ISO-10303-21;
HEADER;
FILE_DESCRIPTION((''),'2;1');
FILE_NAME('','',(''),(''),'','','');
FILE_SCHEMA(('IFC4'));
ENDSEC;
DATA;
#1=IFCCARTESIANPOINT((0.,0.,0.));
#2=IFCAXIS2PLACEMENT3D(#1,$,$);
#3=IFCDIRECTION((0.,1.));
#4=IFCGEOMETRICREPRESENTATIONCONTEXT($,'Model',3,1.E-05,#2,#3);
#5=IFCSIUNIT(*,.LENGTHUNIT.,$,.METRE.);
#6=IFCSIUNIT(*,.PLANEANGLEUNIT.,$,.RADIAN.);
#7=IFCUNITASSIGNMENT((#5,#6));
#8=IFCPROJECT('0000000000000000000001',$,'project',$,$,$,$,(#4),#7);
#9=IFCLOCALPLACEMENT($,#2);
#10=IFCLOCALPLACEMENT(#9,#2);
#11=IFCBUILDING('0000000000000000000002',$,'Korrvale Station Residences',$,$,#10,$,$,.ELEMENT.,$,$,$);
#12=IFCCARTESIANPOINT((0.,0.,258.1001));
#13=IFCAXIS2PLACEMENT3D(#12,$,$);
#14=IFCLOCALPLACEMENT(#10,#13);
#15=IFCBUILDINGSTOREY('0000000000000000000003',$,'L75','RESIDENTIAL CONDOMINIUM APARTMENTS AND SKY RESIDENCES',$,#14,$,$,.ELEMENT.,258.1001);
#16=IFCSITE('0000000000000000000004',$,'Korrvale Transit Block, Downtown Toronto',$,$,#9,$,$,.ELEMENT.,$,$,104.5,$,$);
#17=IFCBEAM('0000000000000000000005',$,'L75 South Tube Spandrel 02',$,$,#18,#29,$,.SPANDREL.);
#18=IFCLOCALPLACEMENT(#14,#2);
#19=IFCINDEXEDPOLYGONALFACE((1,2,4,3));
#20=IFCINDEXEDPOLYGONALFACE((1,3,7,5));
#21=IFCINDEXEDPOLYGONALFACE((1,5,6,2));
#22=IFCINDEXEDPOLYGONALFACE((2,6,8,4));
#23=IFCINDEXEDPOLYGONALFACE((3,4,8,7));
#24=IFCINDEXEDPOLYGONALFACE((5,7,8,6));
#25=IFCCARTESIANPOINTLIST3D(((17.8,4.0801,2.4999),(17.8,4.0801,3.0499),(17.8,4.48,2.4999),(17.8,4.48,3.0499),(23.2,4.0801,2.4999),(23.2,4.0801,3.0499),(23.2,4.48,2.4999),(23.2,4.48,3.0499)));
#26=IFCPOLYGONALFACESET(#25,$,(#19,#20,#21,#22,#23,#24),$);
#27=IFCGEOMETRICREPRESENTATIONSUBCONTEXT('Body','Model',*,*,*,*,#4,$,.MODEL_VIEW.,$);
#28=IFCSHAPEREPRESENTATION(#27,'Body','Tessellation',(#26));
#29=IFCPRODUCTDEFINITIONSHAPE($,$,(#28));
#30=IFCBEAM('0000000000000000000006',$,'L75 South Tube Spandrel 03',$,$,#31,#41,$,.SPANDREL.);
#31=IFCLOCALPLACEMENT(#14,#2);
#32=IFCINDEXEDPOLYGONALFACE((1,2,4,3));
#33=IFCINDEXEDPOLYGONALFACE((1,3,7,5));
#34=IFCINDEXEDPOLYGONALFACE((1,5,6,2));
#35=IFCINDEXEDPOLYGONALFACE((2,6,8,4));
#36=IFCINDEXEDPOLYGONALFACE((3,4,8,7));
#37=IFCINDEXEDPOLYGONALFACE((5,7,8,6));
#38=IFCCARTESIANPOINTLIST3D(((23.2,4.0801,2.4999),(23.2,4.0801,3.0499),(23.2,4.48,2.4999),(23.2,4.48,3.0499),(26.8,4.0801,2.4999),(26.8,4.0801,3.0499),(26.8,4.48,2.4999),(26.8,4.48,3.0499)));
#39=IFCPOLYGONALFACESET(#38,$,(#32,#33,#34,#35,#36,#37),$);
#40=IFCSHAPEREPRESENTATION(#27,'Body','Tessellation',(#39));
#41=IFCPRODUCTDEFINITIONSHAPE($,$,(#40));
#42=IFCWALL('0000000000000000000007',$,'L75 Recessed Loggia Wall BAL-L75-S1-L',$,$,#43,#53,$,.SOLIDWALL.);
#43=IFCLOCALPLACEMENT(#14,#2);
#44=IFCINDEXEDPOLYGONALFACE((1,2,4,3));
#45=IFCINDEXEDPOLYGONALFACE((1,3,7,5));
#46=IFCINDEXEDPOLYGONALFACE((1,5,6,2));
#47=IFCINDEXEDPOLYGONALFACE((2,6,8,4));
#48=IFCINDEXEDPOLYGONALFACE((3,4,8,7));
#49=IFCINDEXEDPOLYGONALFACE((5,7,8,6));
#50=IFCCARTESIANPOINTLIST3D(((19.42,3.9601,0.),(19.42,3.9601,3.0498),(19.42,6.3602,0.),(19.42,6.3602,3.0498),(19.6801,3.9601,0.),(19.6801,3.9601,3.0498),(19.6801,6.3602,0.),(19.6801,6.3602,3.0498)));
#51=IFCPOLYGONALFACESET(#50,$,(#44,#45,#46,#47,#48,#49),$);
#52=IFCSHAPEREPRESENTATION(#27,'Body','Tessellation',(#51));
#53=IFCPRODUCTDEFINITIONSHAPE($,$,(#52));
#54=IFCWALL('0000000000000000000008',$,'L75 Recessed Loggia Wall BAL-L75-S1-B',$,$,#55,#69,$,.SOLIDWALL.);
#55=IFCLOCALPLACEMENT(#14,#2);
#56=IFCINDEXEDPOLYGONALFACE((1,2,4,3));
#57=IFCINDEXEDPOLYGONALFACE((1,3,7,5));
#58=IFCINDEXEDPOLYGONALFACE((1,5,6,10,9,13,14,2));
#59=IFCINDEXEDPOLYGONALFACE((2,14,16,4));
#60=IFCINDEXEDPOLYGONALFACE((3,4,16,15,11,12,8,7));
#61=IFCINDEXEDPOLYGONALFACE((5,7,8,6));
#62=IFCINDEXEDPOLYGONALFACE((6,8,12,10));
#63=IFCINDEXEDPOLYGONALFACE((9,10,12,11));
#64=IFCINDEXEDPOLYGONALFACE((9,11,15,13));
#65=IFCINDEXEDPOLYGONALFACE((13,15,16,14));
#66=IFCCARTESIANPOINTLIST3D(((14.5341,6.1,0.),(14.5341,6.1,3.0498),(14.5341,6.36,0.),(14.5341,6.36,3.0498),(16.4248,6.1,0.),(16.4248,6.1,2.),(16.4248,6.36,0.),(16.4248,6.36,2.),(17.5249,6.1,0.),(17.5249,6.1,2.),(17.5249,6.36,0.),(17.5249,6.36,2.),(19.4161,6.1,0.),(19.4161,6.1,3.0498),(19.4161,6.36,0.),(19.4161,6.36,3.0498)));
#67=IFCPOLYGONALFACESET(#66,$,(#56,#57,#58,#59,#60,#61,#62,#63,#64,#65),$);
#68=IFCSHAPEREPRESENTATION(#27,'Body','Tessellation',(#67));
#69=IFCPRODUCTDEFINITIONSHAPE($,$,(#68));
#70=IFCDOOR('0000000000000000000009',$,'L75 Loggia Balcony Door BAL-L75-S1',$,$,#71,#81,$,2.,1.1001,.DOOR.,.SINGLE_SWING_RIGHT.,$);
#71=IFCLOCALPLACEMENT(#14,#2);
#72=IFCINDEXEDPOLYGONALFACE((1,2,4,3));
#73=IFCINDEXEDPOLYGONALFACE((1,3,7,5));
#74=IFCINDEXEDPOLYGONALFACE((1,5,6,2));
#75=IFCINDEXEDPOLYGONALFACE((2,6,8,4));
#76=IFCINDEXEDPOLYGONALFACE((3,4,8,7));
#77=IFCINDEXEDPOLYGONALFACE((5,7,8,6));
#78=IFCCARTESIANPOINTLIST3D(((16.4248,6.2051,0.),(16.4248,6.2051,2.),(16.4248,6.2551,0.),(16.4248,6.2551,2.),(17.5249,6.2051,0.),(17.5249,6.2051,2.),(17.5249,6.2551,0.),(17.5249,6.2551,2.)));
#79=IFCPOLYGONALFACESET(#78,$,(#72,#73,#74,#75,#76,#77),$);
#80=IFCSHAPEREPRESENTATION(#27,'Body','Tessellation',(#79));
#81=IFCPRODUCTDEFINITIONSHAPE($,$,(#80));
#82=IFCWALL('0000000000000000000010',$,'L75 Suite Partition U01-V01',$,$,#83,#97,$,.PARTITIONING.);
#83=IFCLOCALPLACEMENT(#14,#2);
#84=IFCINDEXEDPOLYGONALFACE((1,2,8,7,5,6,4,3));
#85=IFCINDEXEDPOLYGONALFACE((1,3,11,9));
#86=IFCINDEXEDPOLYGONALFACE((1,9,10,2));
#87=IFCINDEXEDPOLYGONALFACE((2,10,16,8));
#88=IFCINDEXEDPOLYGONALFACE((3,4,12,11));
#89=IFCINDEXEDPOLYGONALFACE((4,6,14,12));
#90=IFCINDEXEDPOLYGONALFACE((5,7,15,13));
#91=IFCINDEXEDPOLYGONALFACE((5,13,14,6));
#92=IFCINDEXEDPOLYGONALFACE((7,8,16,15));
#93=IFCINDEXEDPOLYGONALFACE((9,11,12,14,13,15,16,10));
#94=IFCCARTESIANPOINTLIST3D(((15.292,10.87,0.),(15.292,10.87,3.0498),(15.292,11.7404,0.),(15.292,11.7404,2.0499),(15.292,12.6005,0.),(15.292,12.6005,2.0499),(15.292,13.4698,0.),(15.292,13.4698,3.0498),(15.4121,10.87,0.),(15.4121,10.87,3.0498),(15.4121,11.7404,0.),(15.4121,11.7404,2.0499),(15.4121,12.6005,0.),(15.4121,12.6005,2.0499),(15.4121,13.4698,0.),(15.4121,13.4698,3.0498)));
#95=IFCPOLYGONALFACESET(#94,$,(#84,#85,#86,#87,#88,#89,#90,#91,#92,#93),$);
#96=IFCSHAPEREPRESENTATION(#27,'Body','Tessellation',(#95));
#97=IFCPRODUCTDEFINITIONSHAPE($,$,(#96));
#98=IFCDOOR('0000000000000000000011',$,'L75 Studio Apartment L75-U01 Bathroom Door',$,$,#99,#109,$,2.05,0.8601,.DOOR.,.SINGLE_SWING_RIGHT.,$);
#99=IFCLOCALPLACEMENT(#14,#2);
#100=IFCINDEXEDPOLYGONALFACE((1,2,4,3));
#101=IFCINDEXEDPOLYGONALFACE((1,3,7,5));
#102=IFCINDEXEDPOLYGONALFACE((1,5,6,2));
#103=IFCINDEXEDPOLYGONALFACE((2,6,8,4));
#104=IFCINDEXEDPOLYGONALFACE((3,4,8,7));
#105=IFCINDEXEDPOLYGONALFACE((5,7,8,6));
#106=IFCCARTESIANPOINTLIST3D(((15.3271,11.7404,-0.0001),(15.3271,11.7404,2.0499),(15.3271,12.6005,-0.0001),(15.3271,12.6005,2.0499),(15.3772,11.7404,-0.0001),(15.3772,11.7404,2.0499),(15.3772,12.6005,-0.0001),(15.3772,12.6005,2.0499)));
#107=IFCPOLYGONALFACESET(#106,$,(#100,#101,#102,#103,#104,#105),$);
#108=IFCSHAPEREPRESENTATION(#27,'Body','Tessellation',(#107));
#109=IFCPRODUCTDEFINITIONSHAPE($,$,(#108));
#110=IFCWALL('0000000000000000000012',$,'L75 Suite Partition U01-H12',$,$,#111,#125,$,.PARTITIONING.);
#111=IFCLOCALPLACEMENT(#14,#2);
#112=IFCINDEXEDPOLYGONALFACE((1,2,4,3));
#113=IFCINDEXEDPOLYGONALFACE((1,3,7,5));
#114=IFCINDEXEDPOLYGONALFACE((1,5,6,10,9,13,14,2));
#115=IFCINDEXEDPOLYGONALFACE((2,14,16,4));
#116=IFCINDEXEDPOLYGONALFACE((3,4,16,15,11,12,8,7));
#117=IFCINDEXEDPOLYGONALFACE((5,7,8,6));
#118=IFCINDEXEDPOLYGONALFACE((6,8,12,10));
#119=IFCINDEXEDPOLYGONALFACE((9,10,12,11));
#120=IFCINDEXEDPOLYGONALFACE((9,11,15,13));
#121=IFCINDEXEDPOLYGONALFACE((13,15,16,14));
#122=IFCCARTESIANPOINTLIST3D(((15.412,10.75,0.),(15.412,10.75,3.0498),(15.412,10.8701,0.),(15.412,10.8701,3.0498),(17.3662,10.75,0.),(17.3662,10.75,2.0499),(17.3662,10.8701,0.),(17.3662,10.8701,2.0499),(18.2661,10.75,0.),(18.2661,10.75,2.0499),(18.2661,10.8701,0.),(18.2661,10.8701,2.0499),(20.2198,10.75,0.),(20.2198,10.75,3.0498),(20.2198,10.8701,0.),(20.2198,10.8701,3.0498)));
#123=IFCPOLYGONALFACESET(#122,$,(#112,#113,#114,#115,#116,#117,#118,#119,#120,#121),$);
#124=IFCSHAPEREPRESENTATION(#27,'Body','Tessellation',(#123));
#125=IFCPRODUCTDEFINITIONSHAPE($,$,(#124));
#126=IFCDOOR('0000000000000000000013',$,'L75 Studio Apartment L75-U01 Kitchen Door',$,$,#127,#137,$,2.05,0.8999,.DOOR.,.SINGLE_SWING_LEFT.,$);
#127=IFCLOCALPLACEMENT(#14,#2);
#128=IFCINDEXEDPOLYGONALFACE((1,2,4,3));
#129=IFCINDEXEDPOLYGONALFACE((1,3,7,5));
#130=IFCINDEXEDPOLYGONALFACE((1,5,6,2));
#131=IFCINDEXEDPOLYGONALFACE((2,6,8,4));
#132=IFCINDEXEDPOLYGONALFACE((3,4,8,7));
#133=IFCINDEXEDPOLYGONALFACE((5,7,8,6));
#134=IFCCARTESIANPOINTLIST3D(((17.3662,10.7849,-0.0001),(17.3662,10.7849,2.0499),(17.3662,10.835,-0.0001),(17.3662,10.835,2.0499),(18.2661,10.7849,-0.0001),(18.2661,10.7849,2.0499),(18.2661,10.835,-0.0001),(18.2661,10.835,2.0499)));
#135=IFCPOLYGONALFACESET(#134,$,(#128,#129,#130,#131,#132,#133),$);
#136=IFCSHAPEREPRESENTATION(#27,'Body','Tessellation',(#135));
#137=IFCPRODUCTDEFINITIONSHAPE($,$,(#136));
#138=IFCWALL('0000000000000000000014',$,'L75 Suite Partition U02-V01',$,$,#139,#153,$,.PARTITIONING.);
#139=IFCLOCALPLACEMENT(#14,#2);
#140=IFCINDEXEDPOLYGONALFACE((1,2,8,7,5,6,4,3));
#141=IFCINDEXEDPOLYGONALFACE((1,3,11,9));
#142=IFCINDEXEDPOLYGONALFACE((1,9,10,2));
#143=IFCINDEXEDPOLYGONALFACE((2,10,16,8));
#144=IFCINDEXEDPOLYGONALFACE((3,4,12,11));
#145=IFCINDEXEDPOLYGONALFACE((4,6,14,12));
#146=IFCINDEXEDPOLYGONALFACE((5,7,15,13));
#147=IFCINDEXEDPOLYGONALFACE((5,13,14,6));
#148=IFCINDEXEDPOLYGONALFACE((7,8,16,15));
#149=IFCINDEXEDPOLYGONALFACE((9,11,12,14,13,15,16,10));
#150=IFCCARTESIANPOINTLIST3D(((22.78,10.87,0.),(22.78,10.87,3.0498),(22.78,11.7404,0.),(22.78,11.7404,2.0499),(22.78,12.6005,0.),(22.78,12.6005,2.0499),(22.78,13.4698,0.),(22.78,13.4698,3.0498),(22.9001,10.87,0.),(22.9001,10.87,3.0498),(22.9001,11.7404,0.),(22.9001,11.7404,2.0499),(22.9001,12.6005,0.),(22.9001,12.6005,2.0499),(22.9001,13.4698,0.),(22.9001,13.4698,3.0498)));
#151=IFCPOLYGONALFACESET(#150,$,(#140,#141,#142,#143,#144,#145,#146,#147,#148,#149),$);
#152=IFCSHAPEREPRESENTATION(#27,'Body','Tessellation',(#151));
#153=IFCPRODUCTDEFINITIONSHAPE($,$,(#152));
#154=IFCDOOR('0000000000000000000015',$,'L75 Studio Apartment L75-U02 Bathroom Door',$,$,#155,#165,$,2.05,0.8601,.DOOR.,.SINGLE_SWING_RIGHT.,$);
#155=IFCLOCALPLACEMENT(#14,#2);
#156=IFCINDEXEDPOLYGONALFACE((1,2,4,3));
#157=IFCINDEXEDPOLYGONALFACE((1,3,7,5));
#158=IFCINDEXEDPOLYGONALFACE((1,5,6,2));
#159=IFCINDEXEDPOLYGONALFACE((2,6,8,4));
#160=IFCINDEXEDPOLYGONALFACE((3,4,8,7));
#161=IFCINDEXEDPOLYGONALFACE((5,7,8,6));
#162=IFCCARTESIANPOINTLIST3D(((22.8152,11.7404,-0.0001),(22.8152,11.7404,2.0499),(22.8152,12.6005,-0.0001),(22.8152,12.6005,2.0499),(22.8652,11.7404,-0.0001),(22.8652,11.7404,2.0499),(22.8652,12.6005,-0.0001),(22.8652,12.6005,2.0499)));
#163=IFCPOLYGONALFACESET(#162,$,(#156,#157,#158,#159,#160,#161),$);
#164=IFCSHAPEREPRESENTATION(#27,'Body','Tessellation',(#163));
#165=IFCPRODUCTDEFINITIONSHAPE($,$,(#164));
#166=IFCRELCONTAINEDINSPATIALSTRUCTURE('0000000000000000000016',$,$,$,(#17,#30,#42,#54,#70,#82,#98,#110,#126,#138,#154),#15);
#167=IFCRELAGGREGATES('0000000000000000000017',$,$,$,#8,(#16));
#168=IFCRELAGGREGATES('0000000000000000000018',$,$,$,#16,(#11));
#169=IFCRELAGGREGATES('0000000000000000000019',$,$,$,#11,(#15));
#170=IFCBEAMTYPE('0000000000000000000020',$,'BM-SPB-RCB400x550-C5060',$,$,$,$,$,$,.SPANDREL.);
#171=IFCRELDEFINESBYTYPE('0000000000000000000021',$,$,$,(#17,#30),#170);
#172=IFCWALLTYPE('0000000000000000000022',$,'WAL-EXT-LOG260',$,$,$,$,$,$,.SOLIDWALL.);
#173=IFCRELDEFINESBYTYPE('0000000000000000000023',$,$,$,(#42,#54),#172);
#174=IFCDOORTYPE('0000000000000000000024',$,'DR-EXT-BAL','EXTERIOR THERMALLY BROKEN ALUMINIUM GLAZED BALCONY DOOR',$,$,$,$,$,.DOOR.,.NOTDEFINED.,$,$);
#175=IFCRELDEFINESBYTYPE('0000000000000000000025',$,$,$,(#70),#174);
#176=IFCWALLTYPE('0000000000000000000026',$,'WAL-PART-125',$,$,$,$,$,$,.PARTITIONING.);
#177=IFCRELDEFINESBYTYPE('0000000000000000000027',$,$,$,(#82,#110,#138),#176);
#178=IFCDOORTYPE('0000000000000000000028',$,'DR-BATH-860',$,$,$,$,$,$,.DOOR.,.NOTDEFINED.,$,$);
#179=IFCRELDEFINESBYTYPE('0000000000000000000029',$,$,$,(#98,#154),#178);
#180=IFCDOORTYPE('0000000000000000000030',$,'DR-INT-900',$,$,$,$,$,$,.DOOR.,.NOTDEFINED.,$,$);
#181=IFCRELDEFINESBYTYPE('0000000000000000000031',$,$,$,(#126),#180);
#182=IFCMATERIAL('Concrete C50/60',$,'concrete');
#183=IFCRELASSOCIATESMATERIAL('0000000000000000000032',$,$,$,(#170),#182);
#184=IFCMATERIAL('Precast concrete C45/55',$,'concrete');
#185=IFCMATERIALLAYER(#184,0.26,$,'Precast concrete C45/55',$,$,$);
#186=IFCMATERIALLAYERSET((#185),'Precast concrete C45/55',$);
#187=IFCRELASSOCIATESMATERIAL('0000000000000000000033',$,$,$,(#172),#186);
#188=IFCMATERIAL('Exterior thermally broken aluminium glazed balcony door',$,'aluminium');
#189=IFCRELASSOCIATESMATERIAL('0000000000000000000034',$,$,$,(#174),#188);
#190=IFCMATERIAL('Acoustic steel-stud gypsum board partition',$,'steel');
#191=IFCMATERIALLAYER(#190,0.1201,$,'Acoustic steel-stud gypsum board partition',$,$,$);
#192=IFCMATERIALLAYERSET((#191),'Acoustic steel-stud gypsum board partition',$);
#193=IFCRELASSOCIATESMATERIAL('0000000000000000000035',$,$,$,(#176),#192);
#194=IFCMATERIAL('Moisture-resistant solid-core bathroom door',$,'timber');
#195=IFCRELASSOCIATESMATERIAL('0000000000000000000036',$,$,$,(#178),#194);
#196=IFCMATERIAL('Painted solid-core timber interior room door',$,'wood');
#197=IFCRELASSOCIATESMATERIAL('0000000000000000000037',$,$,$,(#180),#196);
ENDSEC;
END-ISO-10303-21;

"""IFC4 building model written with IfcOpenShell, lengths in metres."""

from ifc_helpers import new_model, si_unit, direction, frame, frame_2d, origin, origin_2d, place, context, subcontext, project, spatial, rectangle, extrude, material, layer, layer_set, material_profile, profile_set, type_object, element, fill, save


model = new_model("IFC4")

# Units and contexts
model_context = context("Model", 3, precision=1e-05, world=origin(), true_north=direction((0.0, 1.0)))
body_context = subcontext(model_context, "Body", "Model", "MODEL_VIEW")
ifc_project = project(units=[si_unit("LENGTHUNIT", "METRE"), si_unit("PLANEANGLEUNIT", "RADIAN")], contexts=[model_context])

# Site, building, storey
site_placement = place(None, origin())
site = spatial("IfcSite", under=ifc_project, at=site_placement, Name="Korrvale Transit Block, Downtown Toronto", CompositionType="ELEMENT", RefElevation=104.5)
building_placement = place(site_placement, origin())
building = spatial("IfcBuilding", under=site, at=building_placement, Name="Korrvale Station Residences", CompositionType="ELEMENT")
storey_placement = place(building_placement, frame((0.0, 0.0, 258.1001)))
storey = spatial("IfcBuildingStorey", under=building, at=storey_placement, Name="L75", Description="RESIDENTIAL CONDOMINIUM APARTMENTS AND SKY RESIDENCES", CompositionType="ELEMENT", Elevation=258.1001)

# Shared definitions
ifc_material_1 = material(Name="Concrete C50/60", Category="concrete")

# Beams
ifc_material_profile_1 = material_profile(ifc_material_1, rectangle(XDim=0.3999, YDim=0.55, at=origin_2d()), Name="RCB400x550")
ifc_profile_set_1 = profile_set([ifc_material_profile_1], Name="Concrete C50/60")
beam_type_1 = type_object("IfcBeamType", Name="BM-SPB-RCB400x550-C5060", PredefinedType="SPANDREL", material=ifc_profile_set_1)
beam_1_placement = place(storey_placement, frame((17.8, 4.28, 2.7749), z_axis=(1.0, 0.0, 0.0), x_axis=(0.0, 1.0, 0.0)))
element("IfcBeam", 1, at=beam_1_placement, inside=storey, type_object=beam_type_1, Name="L75 South Tube Spandrel 02", PredefinedType="SPANDREL", context=body_context, shape_type="SweptSolid", body=[
    extrude(rectangle(XDim=0.3999, YDim=0.55, at=origin_2d()), origin(), (0.0, 0.0, 1.0), 5.3999),
])
beam_2_placement = place(storey_placement, frame((23.2, 4.28, 2.7749), z_axis=(1.0, 0.0, 0.0), x_axis=(0.0, 1.0, 0.0)))
element("IfcBeam", 2, at=beam_2_placement, inside=storey, type_object=beam_type_1, Name="L75 South Tube Spandrel 03", PredefinedType="SPANDREL", context=body_context, shape_type="SweptSolid", body=[
    extrude(rectangle(XDim=0.3999, YDim=0.55, at=origin_2d()), origin(), (0.0, 0.0, 1.0), 3.6001),
])

# Wall
ifc_material_2 = material(Name="Precast concrete C45/55", Category="concrete")
ifc_layer_1 = layer(ifc_material_2, 0.26, Name="Precast concrete C45/55")
ifc_layer_set_1 = layer_set([ifc_layer_1], Name="Precast concrete C45/55")
wall_type_1 = type_object("IfcWallType", Name="WAL-EXT-LOG260", PredefinedType="SOLIDWALL", material=ifc_layer_set_1)
wall_1_placement = place(storey_placement, frame((19.55, 3.96, 0.0), z_axis=(0.0, 0.0, 1.0), x_axis=(0.0, 1.0, 0.0)))
element("IfcWall", 3, at=wall_1_placement, inside=storey, type_object=wall_type_1, Name="L75 Recessed Loggia Wall BAL-L75-S1-L", PredefinedType="SOLIDWALL", context=body_context, shape_type="SweptSolid", body=[
    extrude(rectangle(XDim=2.4001, YDim=0.26, at=frame_2d((1.2002, 0.0))), origin(), (0.0, 0.0, 1.0), 3.0498),
])

# Walls, openings, doors
wall_2_placement = place(storey_placement, frame((19.416, 6.23, 0.0), z_axis=(0.0, 0.0, 1.0), x_axis=(-1.0, 0.0, 0.0)))
wall_2 = element("IfcWall", 4, at=wall_2_placement, inside=storey, type_object=wall_type_1, Name="L75 Recessed Loggia Wall BAL-L75-S1-B", PredefinedType="SOLIDWALL", context=body_context, shape_type="SweptSolid", body=[
    extrude(rectangle(XDim=4.8821, YDim=0.26, at=frame_2d((2.4409, 0.0))), origin(), (0.0, 0.0, 1.0), 3.0498),
])
opening_1_placement = place(wall_2_placement, frame((1.8911, 0.0, 0.0)))
opening_1 = element("IfcOpeningElement", 5, at=opening_1_placement, cuts=wall_2, PredefinedType="OPENING", context=body_context, shape_type="SweptSolid", body=[
    extrude(rectangle(XDim=1.1001, YDim=2.0, at=frame_2d((0.55, 1.0))), frame((0.0, 0.1401, 0.0), z_axis=(0.0, -1.0, 0.0), x_axis=(1.0, 0.0, 0.0)), (0.0, 0.0, 1.0), 0.28),
])
ifc_material_3 = material(Name="Exterior thermally broken aluminium glazed balcony door", Category="aluminium")
door_type_1 = type_object("IfcDoorType", Name="DR-EXT-BAL", Description="EXTERIOR THERMALLY BROKEN ALUMINIUM GLAZED BALCONY DOOR", OperationType="NOTDEFINED", PredefinedType="DOOR", material=ifc_material_3)
door_1_placement = place(opening_1_placement, origin())
door_1 = element("IfcDoor", 6, at=door_1_placement, inside=storey, type_object=door_type_1, Name="L75 Loggia Balcony Door BAL-L75-S1", OperationType="SINGLE_SWING_RIGHT", OverallHeight=2.0, OverallWidth=1.1001, PredefinedType="DOOR", context=body_context, shape_type="SweptSolid", body=[
    extrude(rectangle(XDim=1.1001, YDim=2.0, at=frame_2d((0.55, 1.0))), frame((0.0, 0.0249, 0.0), z_axis=(0.0, -1.0, 0.0), x_axis=(1.0, 0.0, 0.0)), (0.0, 0.0, 1.0), 0.05),
])
fill(opening_1, door_1)
ifc_material_4 = material(Name="Acoustic steel-stud gypsum board partition", Category="steel")
ifc_layer_2 = layer(ifc_material_4, 0.1201, Name="Acoustic steel-stud gypsum board partition")
ifc_layer_set_2 = layer_set([ifc_layer_2], Name="Acoustic steel-stud gypsum board partition")
wall_type_2 = type_object("IfcWallType", Name="WAL-PART-125", PredefinedType="PARTITIONING", material=ifc_layer_set_2)
wall_3_placement = place(storey_placement, frame((15.3521, 10.8701, 0.0), z_axis=(0.0, 0.0, 1.0), x_axis=(0.0, 1.0, 0.0)))
wall_3 = element("IfcWall", 7, at=wall_3_placement, inside=storey, type_object=wall_type_2, Name="L75 Suite Partition U01-V01", PredefinedType="PARTITIONING", context=body_context, shape_type="SweptSolid", body=[
    extrude(rectangle(XDim=2.5999, YDim=0.1201, at=frame_2d((1.2998, 0.0))), origin(), (0.0, 0.0, 1.0), 3.0498),
])
opening_2_placement = place(wall_3_placement, frame((0.8701, 0.0, 0.0)))
opening_2 = element("IfcOpeningElement", 8, at=opening_2_placement, cuts=wall_3, PredefinedType="OPENING", context=body_context, shape_type="SweptSolid", body=[
    extrude(rectangle(XDim=0.8601, YDim=2.05, at=frame_2d((0.4302, 1.0249))), frame((0.0, 0.0701, 0.0), z_axis=(0.0, -1.0, 0.0), x_axis=(1.0, 0.0, 0.0)), (0.0, 0.0, 1.0), 0.1401),
])
ifc_material_5 = material(Name="Moisture-resistant solid-core bathroom door", Category="timber")
door_type_2 = type_object("IfcDoorType", Name="DR-BATH-860", OperationType="NOTDEFINED", PredefinedType="DOOR", material=ifc_material_5)
door_2_placement = place(opening_2_placement, origin())
door_2 = element("IfcDoor", 9, at=door_2_placement, inside=storey, type_object=door_type_2, Name="L75 Studio Apartment L75-U01 Bathroom Door", OperationType="SINGLE_SWING_RIGHT", OverallHeight=2.05, OverallWidth=0.8601, PredefinedType="DOOR", context=body_context, shape_type="SweptSolid", body=[
    extrude(rectangle(XDim=0.8601, YDim=2.05, at=frame_2d((0.4302, 1.0249))), frame((0.0, 0.0249, 0.0), z_axis=(0.0, -1.0, 0.0), x_axis=(1.0, 0.0, 0.0)), (0.0, 0.0, 1.0), 0.05),
])
fill(opening_2, door_2)
wall_4_placement = place(storey_placement, frame((15.4121, 10.8101, 0.0), z_axis=(0.0, 0.0, 1.0), x_axis=(1.0, 0.0, 0.0)))
wall_4 = element("IfcWall", 10, at=wall_4_placement, inside=storey, type_object=wall_type_2, Name="L75 Suite Partition U01-H12", PredefinedType="PARTITIONING", context=body_context, shape_type="SweptSolid", body=[
    extrude(rectangle(XDim=4.8079, YDim=0.1201, at=frame_2d((2.4038, 0.0))), origin(), (0.0, 0.0, 1.0), 3.0498),
])
opening_3_placement = place(wall_4_placement, frame((1.9541, 0.0, 0.0)))
opening_3 = element("IfcOpeningElement", 11, at=opening_3_placement, cuts=wall_4, PredefinedType="OPENING", context=body_context, shape_type="SweptSolid", body=[
    extrude(rectangle(XDim=0.8999, YDim=2.05, at=frame_2d((0.45, 1.0249))), frame((0.0, 0.0701, 0.0), z_axis=(0.0, -1.0, 0.0), x_axis=(1.0, 0.0, 0.0)), (0.0, 0.0, 1.0), 0.1401),
])
ifc_material_6 = material(Name="Painted solid-core timber interior room door", Category="wood")
door_type_3 = type_object("IfcDoorType", Name="DR-INT-900", OperationType="NOTDEFINED", PredefinedType="DOOR", material=ifc_material_6)
door_3_placement = place(opening_3_placement, origin())
door_3 = element("IfcDoor", 12, at=door_3_placement, inside=storey, type_object=door_type_3, Name="L75 Studio Apartment L75-U01 Kitchen Door", OperationType="SINGLE_SWING_LEFT", OverallHeight=2.05, OverallWidth=0.8999, PredefinedType="DOOR", context=body_context, shape_type="SweptSolid", body=[
    extrude(rectangle(XDim=0.8999, YDim=2.05, at=frame_2d((0.45, 1.0249))), frame((0.0, 0.0249, 0.0), z_axis=(0.0, -1.0, 0.0), x_axis=(1.0, 0.0, 0.0)), (0.0, 0.0, 1.0), 0.05),
])
fill(opening_3, door_3)
wall_5_placement = place(storey_placement, frame((22.8401, 10.8701, 0.0), z_axis=(0.0, 0.0, 1.0), x_axis=(0.0, 1.0, 0.0)))
wall_5 = element("IfcWall", 13, at=wall_5_placement, inside=storey, type_object=wall_type_2, Name="L75 Suite Partition U02-V01", PredefinedType="PARTITIONING", context=body_context, shape_type="SweptSolid", body=[
    extrude(rectangle(XDim=2.5999, YDim=0.1201, at=frame_2d((1.2998, 0.0))), origin(), (0.0, 0.0, 1.0), 3.0498),
])
opening_4_placement = place(wall_5_placement, frame((0.8701, 0.0, 0.0)))
opening_4 = element("IfcOpeningElement", 14, at=opening_4_placement, cuts=wall_5, PredefinedType="OPENING", context=body_context, shape_type="SweptSolid", body=[
    extrude(rectangle(XDim=0.8601, YDim=2.05, at=frame_2d((0.4302, 1.0249))), frame((0.0, 0.0701, 0.0), z_axis=(0.0, -1.0, 0.0), x_axis=(1.0, 0.0, 0.0)), (0.0, 0.0, 1.0), 0.1401),
])
door_4_placement = place(opening_4_placement, origin())
door_4 = element("IfcDoor", 15, at=door_4_placement, inside=storey, type_object=door_type_2, Name="L75 Studio Apartment L75-U02 Bathroom Door", OperationType="SINGLE_SWING_RIGHT", OverallHeight=2.05, OverallWidth=0.8601, PredefinedType="DOOR", context=body_context, shape_type="SweptSolid", body=[
    extrude(rectangle(XDim=0.8601, YDim=2.05, at=frame_2d((0.4302, 1.0249))), frame((0.0, 0.0249, 0.0), z_axis=(0.0, -1.0, 0.0), x_axis=(1.0, 0.0, 0.0)), (0.0, 0.0, 1.0), 0.05),
])
fill(opening_4, door_4)

save(model, "model.ifc")
